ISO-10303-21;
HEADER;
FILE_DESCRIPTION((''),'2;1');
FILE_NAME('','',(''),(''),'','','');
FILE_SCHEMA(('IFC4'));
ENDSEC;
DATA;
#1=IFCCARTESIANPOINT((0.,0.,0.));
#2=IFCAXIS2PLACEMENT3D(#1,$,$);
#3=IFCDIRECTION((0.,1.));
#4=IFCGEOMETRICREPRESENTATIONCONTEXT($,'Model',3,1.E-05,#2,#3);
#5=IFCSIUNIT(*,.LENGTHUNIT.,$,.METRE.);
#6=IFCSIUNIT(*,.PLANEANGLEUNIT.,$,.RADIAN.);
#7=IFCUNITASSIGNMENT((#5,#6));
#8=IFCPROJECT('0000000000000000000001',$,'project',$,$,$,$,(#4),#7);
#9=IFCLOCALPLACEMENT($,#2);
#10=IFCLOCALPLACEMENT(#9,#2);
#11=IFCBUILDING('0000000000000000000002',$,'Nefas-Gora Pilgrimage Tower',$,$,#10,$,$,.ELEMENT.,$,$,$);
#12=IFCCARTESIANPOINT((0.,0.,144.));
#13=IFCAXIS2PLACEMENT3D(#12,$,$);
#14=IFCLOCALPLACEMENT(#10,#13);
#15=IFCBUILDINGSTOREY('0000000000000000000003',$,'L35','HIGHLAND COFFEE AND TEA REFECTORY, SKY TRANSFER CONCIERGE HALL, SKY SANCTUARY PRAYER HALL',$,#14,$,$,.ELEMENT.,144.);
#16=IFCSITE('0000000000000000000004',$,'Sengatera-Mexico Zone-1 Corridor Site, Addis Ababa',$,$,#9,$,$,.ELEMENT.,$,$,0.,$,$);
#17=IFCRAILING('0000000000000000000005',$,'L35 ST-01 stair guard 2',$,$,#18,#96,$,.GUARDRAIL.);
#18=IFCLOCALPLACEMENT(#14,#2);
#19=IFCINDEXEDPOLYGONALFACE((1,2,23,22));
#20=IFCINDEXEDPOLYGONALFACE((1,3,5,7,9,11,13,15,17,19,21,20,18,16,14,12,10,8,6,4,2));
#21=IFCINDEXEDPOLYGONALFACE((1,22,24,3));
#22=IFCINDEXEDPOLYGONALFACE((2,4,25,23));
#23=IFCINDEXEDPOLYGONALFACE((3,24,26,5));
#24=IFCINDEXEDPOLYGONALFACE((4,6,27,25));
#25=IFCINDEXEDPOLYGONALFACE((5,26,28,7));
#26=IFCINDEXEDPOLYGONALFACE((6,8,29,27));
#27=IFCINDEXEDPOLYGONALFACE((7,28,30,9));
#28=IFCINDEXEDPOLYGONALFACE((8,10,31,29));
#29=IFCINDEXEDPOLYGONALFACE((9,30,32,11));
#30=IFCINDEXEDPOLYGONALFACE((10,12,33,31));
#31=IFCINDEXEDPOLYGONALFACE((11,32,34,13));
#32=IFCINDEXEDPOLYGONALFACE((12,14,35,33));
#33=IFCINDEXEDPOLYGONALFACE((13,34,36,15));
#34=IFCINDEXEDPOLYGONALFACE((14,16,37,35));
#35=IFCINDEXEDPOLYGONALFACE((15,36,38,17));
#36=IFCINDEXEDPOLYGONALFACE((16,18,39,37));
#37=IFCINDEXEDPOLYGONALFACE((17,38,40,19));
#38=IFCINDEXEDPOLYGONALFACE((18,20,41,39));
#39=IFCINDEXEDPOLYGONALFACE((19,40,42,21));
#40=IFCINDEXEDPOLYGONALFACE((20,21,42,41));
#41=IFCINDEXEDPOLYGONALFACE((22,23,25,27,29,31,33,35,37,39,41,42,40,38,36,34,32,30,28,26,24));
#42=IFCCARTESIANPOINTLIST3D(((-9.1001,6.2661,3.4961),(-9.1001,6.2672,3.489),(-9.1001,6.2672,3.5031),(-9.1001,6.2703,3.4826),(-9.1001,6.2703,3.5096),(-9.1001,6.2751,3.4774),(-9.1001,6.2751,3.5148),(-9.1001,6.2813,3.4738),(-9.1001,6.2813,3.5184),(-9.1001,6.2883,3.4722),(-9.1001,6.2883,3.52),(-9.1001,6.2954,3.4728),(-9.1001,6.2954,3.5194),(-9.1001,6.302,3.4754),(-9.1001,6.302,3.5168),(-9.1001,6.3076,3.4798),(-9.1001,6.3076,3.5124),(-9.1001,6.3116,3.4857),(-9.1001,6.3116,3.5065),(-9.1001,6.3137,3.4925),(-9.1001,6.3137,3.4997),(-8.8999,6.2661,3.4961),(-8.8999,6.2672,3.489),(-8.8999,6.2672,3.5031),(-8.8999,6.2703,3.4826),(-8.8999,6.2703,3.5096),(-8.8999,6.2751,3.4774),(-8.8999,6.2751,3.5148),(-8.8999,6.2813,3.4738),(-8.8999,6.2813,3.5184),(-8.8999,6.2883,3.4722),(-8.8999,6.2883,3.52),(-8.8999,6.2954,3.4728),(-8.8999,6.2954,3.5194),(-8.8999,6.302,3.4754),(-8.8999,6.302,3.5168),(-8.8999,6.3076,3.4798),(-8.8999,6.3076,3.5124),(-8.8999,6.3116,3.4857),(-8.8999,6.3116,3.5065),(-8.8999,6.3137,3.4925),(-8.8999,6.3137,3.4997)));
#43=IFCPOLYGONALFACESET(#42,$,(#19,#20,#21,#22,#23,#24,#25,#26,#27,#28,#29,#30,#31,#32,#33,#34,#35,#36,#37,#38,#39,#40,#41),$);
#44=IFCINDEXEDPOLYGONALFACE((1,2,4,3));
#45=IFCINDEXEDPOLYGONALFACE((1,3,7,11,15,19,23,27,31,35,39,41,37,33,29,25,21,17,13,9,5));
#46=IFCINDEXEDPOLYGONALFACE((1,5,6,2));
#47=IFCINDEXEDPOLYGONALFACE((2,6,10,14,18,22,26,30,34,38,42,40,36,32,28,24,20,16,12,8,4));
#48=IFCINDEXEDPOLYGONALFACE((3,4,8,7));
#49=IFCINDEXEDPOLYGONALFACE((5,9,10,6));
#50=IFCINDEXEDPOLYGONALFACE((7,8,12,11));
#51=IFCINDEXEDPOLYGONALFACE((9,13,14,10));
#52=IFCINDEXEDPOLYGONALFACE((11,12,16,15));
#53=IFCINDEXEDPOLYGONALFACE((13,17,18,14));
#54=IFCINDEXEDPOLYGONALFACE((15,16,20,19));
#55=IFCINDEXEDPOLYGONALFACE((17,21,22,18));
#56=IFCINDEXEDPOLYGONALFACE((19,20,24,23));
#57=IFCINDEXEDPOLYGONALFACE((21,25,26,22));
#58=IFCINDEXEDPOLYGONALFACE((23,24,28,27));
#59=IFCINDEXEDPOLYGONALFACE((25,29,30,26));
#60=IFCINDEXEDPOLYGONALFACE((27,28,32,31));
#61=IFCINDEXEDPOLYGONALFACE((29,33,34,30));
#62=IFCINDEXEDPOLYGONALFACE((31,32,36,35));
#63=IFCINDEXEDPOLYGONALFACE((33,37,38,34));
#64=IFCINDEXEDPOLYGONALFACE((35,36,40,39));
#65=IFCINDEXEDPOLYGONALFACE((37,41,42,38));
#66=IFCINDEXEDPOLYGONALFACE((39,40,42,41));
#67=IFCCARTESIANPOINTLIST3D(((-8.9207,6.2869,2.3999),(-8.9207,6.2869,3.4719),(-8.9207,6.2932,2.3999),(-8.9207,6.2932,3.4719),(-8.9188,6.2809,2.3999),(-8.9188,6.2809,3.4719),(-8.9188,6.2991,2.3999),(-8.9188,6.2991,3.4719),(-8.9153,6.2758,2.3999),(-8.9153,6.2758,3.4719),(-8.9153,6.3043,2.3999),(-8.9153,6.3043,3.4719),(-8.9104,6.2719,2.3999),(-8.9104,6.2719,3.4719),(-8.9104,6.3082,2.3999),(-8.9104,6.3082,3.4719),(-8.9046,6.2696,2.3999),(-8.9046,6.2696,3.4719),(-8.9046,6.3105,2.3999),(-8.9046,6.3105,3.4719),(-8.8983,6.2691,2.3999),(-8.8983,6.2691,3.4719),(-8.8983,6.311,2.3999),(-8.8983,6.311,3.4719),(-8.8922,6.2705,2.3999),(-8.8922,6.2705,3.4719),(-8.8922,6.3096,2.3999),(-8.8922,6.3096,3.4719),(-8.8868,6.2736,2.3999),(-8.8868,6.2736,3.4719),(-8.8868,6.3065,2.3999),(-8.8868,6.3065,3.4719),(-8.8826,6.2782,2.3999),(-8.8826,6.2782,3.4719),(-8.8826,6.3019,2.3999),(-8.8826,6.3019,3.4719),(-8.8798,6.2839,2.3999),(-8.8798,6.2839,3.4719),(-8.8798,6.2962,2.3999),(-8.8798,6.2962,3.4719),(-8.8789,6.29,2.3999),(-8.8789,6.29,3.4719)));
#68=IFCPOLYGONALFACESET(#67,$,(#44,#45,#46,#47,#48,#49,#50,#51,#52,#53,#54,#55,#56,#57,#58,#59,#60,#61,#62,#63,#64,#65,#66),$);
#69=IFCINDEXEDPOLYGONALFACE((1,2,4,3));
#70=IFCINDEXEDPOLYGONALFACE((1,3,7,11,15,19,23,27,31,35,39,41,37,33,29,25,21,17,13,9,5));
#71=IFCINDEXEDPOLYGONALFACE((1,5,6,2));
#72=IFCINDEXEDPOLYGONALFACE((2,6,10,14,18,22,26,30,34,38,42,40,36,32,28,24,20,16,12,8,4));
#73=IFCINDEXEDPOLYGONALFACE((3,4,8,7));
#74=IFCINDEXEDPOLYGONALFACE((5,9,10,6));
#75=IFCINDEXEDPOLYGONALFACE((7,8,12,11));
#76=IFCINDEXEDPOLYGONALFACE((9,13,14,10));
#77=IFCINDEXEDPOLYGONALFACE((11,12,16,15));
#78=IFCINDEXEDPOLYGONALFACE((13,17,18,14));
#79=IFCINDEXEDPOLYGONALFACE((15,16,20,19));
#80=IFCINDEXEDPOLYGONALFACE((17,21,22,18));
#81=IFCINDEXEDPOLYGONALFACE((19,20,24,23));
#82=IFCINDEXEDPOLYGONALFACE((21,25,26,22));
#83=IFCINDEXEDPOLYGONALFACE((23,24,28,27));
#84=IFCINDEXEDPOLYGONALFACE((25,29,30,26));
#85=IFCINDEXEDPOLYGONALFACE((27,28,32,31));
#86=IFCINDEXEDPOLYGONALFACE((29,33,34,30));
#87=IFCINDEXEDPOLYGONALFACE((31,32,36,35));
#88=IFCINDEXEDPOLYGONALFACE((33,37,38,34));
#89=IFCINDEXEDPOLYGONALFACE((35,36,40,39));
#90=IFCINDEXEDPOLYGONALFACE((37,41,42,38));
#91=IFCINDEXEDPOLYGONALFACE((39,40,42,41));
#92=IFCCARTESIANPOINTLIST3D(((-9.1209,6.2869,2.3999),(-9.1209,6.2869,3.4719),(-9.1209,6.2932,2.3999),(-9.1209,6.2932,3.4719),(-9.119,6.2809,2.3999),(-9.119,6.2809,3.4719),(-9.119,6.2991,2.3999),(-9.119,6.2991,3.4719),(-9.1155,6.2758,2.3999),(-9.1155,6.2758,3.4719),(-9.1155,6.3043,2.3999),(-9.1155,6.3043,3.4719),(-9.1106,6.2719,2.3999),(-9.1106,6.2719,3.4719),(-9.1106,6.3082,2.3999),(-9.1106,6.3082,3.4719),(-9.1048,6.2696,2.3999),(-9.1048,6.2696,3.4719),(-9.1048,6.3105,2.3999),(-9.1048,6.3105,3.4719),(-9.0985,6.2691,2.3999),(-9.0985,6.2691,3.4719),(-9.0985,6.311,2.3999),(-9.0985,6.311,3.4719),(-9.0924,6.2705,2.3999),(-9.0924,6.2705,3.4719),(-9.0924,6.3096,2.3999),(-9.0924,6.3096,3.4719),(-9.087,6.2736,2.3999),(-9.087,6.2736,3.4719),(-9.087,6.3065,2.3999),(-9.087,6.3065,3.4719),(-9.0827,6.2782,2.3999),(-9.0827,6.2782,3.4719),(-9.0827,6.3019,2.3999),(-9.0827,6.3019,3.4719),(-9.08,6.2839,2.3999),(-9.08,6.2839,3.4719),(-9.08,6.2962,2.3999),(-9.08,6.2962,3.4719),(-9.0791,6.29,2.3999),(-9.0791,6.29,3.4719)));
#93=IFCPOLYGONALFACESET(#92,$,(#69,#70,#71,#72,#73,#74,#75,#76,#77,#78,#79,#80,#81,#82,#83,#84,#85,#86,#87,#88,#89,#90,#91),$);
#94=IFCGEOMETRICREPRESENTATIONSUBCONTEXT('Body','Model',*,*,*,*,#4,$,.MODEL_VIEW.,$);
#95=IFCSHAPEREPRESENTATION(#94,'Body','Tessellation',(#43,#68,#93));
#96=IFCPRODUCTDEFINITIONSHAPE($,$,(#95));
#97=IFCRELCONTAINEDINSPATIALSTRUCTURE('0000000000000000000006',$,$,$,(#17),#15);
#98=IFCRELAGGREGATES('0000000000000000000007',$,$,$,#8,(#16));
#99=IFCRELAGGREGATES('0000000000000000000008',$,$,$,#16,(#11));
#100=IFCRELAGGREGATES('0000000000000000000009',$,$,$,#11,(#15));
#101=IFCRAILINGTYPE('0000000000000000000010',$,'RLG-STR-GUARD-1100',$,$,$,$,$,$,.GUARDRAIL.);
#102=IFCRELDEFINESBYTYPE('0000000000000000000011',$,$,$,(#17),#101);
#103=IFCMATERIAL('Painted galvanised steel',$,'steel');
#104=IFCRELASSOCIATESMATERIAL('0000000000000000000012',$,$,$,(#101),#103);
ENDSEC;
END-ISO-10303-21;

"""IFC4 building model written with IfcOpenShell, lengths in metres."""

from ifc_helpers import new_model, si_unit, direction, frame, origin, origin_2d, place, context, subcontext, project, spatial, circle, extrude, material, type_object, element, save


model = new_model("IFC4")

# Units and contexts
model_context = context("Model", 3, precision=1e-05, world=origin(), true_north=direction((0.0, 1.0)))
body_context = subcontext(model_context, "Body", "Model", "MODEL_VIEW")
ifc_project = project(units=[si_unit("LENGTHUNIT", "METRE"), si_unit("PLANEANGLEUNIT", "RADIAN")], contexts=[model_context])

# Site, building, storey
site_placement = place(None, origin())
site = spatial("IfcSite", under=ifc_project, at=site_placement, Name="Sengatera-Mexico Zone-1 Corridor Site, Addis Ababa", CompositionType="ELEMENT", RefElevation=0.0)
building_placement = place(site_placement, origin())
building = spatial("IfcBuilding", under=site, at=building_placement, Name="Nefas-Gora Pilgrimage Tower", CompositionType="ELEMENT")
storey_placement = place(building_placement, frame((0.0, 0.0, 144.0)))
storey = spatial("IfcBuildingStorey", under=building, at=storey_placement, Name="L35", Description="HIGHLAND COFFEE AND TEA REFECTORY, SKY TRANSFER CONCIERGE HALL, SKY SANCTUARY PRAYER HALL", CompositionType="ELEMENT", Elevation=144.0)

# Railing
ifc_material_1 = material(Name="Painted galvanised steel", Category="steel")
railing_type_1 = type_object("IfcRailingType", Name="RLG-STR-GUARD-1100", PredefinedType="GUARDRAIL", material=ifc_material_1)
railing_1_placement = place(storey_placement, frame((-8.8999, 6.29, 2.3999)))
element("IfcRailing", 1, at=railing_1_placement, inside=storey, type_object=railing_type_1, Name="L35 ST-01 stair guard 2", PredefinedType="GUARDRAIL", context=body_context, shape_type="SweptSolid", body=[
    extrude(circle(Radius=0.0239, at=origin_2d()), frame((0.0, 0.0, 1.0962), z_axis=(-1.0, 0.0, 0.0), x_axis=(0.0, -1.0, 0.0)), (0.0, 0.0, 1.0), 0.2002),
    extrude(circle(Radius=0.021, at=origin_2d()), origin(), (0.0, 0.0, 1.0), 1.072),
    extrude(circle(Radius=0.021, at=origin_2d()), frame((-0.2002, 0.0, 0.0)), (0.0, 0.0, 1.0), 1.072),
])

save(model, "model.ifc")
